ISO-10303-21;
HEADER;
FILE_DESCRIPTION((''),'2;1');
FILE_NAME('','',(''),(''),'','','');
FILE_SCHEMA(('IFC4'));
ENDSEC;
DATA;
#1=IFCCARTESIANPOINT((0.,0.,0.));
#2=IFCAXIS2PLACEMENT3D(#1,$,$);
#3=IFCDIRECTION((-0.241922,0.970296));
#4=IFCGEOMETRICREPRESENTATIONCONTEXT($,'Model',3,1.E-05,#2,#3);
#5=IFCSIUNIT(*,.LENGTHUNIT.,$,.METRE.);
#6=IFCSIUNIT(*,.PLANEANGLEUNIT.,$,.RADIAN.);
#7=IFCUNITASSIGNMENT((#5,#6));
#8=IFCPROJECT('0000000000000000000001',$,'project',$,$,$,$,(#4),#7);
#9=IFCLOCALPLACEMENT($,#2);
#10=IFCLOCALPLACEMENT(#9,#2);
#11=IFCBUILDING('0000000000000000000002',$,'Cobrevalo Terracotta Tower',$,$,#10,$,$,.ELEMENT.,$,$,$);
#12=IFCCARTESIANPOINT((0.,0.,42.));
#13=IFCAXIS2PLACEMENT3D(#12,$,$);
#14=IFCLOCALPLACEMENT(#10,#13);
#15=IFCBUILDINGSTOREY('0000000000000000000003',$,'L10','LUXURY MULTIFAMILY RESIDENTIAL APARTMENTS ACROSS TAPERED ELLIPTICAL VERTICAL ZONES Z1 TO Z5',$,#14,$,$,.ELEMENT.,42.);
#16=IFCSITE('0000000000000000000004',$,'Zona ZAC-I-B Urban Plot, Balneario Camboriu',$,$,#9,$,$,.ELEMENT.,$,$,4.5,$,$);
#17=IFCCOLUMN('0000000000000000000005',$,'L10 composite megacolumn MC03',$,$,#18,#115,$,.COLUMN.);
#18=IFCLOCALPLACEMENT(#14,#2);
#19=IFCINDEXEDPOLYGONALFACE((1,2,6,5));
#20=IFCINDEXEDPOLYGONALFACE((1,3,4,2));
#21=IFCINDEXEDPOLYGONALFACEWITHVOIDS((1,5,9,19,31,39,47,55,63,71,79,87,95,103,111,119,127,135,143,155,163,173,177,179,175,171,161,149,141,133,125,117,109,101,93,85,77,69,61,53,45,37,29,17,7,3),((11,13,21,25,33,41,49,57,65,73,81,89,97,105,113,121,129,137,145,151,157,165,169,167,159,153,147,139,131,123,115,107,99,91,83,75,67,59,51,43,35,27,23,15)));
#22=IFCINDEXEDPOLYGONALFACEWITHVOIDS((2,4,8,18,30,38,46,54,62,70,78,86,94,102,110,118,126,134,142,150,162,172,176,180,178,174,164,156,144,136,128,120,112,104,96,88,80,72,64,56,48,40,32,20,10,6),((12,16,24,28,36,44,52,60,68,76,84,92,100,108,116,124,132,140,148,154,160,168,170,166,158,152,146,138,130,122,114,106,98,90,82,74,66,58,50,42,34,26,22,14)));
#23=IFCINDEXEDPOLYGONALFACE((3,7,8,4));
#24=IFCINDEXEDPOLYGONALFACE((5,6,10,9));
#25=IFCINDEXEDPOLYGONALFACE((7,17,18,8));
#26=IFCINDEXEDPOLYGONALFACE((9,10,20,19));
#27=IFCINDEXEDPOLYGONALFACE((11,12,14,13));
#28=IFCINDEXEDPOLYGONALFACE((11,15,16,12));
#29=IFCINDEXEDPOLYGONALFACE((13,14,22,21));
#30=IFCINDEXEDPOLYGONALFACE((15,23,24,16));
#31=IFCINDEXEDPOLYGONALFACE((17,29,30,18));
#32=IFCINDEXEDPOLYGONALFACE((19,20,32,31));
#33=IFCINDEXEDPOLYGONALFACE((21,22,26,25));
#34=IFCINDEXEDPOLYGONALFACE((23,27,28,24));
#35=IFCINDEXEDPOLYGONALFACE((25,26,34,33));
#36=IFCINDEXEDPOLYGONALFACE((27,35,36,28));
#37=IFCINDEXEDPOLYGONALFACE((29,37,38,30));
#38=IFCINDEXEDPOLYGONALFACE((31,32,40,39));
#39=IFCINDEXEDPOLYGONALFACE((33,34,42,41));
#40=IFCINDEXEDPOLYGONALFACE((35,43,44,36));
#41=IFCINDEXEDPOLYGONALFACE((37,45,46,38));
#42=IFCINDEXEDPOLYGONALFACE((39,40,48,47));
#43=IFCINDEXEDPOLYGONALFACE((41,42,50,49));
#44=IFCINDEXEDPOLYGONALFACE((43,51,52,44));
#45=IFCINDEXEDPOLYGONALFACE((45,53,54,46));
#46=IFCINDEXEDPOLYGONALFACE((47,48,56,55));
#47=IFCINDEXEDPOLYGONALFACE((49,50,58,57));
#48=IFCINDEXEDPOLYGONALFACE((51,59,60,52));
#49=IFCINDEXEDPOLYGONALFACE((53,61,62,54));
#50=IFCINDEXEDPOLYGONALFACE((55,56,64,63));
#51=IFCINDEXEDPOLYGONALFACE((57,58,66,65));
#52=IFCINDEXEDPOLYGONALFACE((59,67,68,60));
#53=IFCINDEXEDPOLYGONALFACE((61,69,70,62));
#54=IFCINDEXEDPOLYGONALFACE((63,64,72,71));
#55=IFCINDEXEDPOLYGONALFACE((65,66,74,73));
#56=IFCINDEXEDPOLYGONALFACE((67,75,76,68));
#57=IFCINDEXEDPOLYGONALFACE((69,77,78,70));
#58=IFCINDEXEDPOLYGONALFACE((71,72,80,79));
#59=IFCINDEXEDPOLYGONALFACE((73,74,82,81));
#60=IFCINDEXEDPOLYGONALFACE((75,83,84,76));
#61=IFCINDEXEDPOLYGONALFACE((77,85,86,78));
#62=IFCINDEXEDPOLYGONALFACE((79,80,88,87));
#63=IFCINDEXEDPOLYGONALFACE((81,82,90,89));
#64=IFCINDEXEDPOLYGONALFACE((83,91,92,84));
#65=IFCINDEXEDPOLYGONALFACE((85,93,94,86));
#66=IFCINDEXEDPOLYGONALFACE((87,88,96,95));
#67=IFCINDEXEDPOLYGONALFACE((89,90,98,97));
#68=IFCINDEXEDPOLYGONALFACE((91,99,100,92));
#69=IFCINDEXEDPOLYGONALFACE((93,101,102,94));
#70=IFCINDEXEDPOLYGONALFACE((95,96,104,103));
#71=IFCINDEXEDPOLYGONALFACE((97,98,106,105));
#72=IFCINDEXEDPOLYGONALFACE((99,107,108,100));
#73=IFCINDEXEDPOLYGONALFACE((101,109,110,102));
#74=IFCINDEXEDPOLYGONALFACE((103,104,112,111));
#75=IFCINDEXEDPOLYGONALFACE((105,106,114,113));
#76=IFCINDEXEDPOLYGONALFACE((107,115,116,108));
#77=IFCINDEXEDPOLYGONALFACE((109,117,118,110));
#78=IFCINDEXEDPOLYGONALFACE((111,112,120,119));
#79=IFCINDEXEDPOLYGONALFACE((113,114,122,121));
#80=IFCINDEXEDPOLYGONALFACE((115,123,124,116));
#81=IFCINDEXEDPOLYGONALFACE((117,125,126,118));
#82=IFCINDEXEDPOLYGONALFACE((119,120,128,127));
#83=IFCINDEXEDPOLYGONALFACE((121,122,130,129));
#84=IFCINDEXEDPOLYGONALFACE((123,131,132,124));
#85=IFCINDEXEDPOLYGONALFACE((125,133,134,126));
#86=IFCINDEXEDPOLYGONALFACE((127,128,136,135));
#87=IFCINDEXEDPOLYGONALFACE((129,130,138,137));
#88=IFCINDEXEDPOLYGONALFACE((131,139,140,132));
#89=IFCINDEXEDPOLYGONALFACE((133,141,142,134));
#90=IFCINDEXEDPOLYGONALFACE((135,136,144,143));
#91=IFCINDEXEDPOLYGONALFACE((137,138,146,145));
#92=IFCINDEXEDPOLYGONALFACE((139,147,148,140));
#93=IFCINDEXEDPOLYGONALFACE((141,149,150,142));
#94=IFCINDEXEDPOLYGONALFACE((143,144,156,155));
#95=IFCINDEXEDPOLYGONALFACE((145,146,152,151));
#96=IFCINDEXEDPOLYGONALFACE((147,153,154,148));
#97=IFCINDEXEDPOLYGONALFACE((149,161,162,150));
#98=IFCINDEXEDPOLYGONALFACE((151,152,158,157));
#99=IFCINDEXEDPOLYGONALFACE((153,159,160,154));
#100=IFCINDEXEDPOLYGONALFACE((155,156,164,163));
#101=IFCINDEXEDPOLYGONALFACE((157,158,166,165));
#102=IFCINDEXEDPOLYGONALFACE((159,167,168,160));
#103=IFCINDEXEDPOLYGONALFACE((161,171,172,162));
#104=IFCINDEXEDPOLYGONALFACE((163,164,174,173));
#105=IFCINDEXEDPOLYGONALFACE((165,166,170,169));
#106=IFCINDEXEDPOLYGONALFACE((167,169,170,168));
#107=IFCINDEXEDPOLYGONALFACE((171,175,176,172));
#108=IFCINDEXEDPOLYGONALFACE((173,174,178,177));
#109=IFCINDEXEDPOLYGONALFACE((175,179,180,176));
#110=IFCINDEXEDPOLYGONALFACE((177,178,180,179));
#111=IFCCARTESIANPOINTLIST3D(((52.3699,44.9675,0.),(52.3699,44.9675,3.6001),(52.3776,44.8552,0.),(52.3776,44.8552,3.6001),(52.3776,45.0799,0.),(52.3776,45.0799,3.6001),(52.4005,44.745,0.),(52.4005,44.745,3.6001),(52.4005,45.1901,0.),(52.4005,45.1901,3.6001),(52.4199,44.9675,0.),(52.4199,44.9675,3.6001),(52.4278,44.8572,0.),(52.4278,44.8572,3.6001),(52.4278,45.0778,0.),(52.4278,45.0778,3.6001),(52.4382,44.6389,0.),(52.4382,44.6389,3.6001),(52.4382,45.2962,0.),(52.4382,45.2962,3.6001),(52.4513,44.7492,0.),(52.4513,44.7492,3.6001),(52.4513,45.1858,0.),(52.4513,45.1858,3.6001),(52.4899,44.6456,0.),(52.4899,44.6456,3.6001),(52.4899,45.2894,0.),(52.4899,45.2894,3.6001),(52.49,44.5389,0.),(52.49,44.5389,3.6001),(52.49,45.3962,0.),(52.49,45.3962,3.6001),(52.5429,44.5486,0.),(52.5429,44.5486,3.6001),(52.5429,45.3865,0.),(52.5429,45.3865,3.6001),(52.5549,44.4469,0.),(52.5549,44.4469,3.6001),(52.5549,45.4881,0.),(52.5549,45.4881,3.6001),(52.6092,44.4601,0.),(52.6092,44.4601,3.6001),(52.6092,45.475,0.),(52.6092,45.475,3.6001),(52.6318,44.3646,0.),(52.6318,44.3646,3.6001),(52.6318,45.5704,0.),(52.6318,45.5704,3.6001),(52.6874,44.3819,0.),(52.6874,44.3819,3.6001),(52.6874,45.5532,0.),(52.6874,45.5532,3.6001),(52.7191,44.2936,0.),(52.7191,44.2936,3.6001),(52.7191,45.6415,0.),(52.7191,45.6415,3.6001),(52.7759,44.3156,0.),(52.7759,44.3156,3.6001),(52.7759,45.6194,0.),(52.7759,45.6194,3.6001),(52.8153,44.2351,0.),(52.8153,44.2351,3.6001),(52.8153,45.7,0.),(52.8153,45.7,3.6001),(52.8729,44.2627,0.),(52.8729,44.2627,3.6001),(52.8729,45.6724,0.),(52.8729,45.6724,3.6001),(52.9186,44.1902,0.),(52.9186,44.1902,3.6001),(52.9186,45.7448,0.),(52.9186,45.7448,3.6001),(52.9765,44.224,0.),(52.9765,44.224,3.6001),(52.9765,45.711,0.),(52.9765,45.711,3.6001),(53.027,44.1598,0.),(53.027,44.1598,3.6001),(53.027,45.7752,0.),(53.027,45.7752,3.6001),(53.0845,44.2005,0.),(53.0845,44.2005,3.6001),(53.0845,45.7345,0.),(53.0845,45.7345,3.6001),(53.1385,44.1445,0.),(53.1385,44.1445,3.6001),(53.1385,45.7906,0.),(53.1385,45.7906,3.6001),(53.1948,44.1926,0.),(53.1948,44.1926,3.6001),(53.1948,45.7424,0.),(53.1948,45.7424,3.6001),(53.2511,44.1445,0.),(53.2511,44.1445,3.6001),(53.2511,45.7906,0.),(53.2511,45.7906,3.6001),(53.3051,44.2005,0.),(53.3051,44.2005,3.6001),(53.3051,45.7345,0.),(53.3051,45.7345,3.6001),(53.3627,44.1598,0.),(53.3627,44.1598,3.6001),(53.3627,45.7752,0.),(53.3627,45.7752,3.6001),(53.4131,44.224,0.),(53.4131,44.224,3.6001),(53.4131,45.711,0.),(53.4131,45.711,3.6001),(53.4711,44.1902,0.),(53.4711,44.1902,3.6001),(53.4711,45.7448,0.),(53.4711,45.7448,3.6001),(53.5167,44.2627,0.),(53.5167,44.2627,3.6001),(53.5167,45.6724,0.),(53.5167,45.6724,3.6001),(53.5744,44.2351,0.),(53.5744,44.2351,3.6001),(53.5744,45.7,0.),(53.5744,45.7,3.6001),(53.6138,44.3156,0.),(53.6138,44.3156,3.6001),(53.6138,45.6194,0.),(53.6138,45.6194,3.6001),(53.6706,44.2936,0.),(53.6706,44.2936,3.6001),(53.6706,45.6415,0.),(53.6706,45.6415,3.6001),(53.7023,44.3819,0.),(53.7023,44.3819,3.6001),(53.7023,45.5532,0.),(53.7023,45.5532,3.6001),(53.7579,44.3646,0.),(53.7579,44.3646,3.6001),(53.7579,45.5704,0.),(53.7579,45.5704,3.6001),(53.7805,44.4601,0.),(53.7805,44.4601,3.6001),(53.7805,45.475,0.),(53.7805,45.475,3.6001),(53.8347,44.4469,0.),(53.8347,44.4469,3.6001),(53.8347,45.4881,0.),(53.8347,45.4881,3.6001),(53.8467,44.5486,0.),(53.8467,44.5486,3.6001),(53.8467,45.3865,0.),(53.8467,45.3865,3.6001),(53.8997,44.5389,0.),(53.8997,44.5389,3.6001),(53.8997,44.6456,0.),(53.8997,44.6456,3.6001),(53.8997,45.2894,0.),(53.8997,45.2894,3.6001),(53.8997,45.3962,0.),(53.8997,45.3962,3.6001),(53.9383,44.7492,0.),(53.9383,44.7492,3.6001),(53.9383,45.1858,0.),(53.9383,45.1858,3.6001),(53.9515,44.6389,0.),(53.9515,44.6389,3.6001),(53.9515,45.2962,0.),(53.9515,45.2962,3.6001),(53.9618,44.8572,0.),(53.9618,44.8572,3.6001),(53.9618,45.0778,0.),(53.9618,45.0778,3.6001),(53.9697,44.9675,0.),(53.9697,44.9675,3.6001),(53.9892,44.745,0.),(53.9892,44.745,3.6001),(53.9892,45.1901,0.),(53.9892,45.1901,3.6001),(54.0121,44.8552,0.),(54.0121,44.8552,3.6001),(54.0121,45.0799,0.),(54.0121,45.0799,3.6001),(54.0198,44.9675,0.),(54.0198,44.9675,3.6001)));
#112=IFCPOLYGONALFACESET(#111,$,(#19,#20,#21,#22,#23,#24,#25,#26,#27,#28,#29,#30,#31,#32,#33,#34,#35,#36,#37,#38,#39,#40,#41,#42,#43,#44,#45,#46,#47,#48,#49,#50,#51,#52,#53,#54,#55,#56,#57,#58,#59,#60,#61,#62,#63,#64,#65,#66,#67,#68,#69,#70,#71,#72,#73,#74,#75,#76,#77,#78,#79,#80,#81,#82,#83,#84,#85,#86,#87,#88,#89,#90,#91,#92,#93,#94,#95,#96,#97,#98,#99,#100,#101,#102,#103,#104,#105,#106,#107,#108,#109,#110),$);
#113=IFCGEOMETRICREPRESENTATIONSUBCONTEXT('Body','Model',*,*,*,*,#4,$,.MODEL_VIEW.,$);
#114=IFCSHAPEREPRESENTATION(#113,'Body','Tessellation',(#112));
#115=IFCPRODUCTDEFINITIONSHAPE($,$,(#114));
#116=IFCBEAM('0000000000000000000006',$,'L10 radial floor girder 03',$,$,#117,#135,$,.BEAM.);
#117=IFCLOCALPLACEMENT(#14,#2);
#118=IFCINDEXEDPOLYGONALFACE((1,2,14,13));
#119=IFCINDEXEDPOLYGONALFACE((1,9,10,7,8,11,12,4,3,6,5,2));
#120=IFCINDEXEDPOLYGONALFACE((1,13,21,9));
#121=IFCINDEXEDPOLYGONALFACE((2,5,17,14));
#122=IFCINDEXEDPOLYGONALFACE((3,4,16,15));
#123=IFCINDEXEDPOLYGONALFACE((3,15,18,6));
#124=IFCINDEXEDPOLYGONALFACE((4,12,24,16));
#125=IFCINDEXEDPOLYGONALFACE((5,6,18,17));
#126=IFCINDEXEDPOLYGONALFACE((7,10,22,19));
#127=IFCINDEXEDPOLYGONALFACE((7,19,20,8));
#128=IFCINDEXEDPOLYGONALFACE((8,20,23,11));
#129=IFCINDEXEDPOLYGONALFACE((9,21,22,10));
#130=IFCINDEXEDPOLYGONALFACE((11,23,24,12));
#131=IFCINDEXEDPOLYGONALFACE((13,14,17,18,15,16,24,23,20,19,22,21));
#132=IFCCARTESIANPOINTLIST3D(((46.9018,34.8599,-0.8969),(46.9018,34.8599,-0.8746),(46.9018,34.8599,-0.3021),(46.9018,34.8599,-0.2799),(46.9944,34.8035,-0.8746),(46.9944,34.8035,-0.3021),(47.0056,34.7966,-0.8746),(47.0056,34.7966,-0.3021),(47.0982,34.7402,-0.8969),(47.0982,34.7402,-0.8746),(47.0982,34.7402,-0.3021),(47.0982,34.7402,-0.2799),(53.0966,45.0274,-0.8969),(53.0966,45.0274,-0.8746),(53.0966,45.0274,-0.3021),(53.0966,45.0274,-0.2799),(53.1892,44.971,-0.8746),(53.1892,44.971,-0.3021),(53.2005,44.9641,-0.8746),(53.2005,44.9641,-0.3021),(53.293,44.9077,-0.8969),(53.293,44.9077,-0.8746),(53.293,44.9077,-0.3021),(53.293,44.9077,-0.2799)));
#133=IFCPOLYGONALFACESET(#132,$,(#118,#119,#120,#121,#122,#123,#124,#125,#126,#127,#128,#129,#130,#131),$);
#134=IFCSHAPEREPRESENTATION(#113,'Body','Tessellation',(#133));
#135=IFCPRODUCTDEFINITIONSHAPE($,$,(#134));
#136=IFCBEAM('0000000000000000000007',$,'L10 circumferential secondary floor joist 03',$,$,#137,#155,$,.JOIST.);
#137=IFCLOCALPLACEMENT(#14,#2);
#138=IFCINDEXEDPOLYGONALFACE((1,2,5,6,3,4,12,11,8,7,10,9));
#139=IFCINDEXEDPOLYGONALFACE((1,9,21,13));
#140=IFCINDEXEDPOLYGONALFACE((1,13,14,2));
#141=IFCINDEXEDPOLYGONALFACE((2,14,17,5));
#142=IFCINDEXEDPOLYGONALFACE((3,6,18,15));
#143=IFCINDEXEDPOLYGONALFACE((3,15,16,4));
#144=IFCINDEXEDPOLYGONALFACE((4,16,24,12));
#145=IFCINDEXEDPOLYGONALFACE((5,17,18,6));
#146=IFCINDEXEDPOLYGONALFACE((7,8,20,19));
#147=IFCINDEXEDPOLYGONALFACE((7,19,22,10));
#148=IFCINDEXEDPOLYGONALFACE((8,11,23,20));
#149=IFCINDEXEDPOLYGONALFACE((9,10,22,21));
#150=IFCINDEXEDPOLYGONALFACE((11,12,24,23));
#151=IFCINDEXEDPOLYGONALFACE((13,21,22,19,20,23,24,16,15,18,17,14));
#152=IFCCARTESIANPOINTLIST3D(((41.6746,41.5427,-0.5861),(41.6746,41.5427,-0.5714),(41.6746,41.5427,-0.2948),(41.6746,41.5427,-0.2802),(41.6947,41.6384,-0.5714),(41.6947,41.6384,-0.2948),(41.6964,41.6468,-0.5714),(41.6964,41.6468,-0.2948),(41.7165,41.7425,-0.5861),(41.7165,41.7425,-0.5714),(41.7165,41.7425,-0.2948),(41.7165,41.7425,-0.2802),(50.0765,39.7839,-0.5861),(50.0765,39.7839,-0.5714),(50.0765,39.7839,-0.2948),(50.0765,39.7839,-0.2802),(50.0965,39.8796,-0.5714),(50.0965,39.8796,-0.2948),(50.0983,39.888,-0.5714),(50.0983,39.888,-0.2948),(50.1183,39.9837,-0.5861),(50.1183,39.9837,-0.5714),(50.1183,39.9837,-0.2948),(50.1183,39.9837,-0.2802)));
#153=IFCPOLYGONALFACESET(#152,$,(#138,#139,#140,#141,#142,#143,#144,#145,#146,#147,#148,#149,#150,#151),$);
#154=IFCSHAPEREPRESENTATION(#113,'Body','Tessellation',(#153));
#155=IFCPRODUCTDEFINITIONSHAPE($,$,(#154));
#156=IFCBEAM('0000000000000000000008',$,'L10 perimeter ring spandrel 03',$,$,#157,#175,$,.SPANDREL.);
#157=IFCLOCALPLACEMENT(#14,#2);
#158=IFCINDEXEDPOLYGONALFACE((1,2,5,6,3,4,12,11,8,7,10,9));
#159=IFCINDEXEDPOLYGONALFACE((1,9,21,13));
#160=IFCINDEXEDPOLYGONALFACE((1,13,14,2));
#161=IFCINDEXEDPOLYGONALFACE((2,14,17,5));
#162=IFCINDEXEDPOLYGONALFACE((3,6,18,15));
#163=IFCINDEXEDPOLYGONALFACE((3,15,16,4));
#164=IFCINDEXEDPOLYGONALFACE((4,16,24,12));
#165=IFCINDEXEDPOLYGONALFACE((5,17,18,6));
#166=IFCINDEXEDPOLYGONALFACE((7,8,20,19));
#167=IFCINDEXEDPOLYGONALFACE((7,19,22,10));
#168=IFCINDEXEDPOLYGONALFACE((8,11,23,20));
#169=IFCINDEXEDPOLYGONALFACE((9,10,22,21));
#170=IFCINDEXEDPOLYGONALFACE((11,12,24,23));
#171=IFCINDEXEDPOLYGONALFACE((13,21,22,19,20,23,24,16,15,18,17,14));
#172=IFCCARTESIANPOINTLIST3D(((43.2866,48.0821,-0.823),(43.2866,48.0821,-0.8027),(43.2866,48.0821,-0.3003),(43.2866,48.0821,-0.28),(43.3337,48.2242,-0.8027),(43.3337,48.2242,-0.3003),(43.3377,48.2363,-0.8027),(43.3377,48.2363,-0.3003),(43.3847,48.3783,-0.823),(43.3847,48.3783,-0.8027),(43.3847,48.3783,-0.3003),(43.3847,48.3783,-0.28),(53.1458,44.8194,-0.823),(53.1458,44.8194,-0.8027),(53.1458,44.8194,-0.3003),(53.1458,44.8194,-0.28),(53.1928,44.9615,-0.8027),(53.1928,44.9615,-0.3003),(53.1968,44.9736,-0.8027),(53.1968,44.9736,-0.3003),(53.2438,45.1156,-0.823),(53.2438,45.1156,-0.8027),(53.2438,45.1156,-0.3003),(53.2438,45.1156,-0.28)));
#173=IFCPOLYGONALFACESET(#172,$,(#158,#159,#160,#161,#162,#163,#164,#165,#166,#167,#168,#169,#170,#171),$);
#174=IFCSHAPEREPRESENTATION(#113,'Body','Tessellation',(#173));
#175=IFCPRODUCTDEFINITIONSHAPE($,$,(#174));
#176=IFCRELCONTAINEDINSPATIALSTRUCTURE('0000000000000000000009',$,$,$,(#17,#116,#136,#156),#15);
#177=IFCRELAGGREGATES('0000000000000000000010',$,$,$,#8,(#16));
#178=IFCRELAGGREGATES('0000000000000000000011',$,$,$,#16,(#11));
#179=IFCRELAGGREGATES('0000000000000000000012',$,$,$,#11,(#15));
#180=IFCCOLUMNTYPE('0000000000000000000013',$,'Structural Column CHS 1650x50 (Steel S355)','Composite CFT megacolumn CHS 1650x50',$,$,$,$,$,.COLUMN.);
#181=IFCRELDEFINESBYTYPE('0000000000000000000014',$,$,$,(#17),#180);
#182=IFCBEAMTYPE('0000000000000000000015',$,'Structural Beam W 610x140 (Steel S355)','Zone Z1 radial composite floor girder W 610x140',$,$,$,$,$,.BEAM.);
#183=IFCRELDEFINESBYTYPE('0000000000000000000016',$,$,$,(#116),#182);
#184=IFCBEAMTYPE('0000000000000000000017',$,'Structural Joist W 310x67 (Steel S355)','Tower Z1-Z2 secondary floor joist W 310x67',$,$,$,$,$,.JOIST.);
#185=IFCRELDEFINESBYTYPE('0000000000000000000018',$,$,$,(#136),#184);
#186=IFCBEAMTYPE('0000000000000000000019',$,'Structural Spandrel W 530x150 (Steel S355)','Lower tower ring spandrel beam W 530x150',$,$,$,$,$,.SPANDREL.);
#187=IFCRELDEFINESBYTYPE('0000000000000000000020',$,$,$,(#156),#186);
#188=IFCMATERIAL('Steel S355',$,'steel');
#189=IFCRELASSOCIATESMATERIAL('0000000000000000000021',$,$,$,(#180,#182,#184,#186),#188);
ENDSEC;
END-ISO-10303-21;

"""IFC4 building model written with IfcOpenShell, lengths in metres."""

from ifc_helpers import new_model, si_unit, direction, frame, origin, origin_2d, place, context, subcontext, project, spatial, hollow_circle, i_section, extrude, material, material_profile, profile_set, type_object, element, save


model = new_model("IFC4")

# Units and contexts
model_context = context("Model", 3, precision=1e-05, world=origin(), true_north=direction((-0.241922, 0.970296)))
body_context = subcontext(model_context, "Body", "Model", "MODEL_VIEW")
ifc_project = project(units=[si_unit("LENGTHUNIT", "METRE"), si_unit("PLANEANGLEUNIT", "RADIAN")], contexts=[model_context])

# Site, building, storey
site_placement = place(None, origin())
site = spatial("IfcSite", under=ifc_project, at=site_placement, Name="Zona ZAC-I-B Urban Plot, Balneario Camboriu", CompositionType="ELEMENT", RefElevation=4.5)
building_placement = place(site_placement, origin())
building = spatial("IfcBuilding", under=site, at=building_placement, Name="Cobrevalo Terracotta Tower", CompositionType="ELEMENT")
storey_placement = place(building_placement, frame((0.0, 0.0, 42.0)))
storey = spatial("IfcBuildingStorey", under=building, at=storey_placement, Name="L10", Description="LUXURY MULTIFAMILY RESIDENTIAL APARTMENTS ACROSS TAPERED ELLIPTICAL VERTICAL ZONES Z1 TO Z5", CompositionType="ELEMENT", Elevation=42.0)

# Column
ifc_material_1 = material(Name="Steel S355", Category="steel")
ifc_material_profile_1 = material_profile(ifc_material_1, hollow_circle(Radius=0.825, WallThickness=0.05, at=origin_2d()), Name="CHS 1650x50")
ifc_profile_set_1 = profile_set([ifc_material_profile_1], Name="Steel S355")
column_type = type_object("IfcColumnType", Name="Structural Column CHS 1650x50 (Steel S355)", Description="Composite CFT megacolumn CHS 1650x50", PredefinedType="COLUMN", material=ifc_profile_set_1)
column_placement = place(storey_placement, frame((53.1948, 44.9675, 0.0), z_axis=(0.0, 0.0, 1.0), x_axis=(1.0, 0.0, 0.0)))
element("IfcColumn", 1, at=column_placement, inside=storey, type_object=column_type, Name="L10 composite megacolumn MC03", PredefinedType="COLUMN", context=body_context, shape_type="SweptSolid", body=[
    extrude(hollow_circle(Radius=0.825, WallThickness=0.05, at=origin_2d()), origin(), (0.0, 0.0, 1.0), 3.6001),
])

# Beams
ifc_material_profile_2 = material_profile(ifc_material_1, i_section(OverallWidth=0.23, OverallDepth=0.6169, WebThickness=0.0132, FlangeThickness=0.0222, at=origin_2d()), Name="W 610x140")
ifc_profile_set_2 = profile_set([ifc_material_profile_2], Name="Steel S355")
beam_type_1 = type_object("IfcBeamType", Name="Structural Beam W 610x140 (Steel S355)", Description="Zone Z1 radial composite floor girder W 610x140", PredefinedType="BEAM", material=ifc_profile_set_2)
beam_1_placement = place(storey_placement, frame((53.1948, 44.9675, -0.5884), z_axis=(-0.52031, -0.853978, 0.0), x_axis=(0.853978, -0.52031, 0.0)))
element("IfcBeam", 2, at=beam_1_placement, inside=storey, type_object=beam_type_1, Name="L10 radial floor girder 03", PredefinedType="BEAM", context=body_context, shape_type="SweptSolid", body=[
    extrude(i_section(OverallWidth=0.23, OverallDepth=0.6169, WebThickness=0.0132, FlangeThickness=0.0222, at=origin_2d()), origin(), (0.0, 0.0, 1.0), 11.906),
])
ifc_material_profile_3 = material_profile(ifc_material_1, i_section(OverallWidth=0.2041, OverallDepth=0.3059, WebThickness=0.0085, FlangeThickness=0.0146, at=origin_2d()), Name="W 310x67")
ifc_profile_set_3 = profile_set([ifc_material_profile_3], Name="Steel S355")
beam_type_2 = type_object("IfcBeamType", Name="Structural Joist W 310x67 (Steel S355)", Description="Tower Z1-Z2 secondary floor joist W 310x67", PredefinedType="JOIST", material=ifc_profile_set_3)
beam_2_placement = place(storey_placement, frame((50.0974, 39.8838, -0.4331), z_axis=(-0.978785, 0.204892, 0.0), x_axis=(-0.204892, -0.978785, 0.0)))
element("IfcBeam", 3, at=beam_2_placement, inside=storey, type_object=beam_type_2, Name="L10 circumferential secondary floor joist 03", PredefinedType="JOIST", context=body_context, shape_type="SweptSolid", body=[
    extrude(i_section(OverallWidth=0.2041, OverallDepth=0.3059, WebThickness=0.0085, FlangeThickness=0.0146, at=origin_2d()), origin(), (0.0, 0.0, 1.0), 8.584),
])
ifc_material_profile_4 = material_profile(ifc_material_1, i_section(OverallWidth=0.312, OverallDepth=0.543, WebThickness=0.0127, FlangeThickness=0.0203, at=origin_2d()), Name="W 530x150")
ifc_profile_set_4 = profile_set([ifc_material_profile_4], Name="Steel S355")
beam_type_3 = type_object("IfcBeamType", Name="Structural Spandrel W 530x150 (Steel S355)", Description="Lower tower ring spandrel beam W 530x150", PredefinedType="SPANDREL", material=ifc_profile_set_4)
beam_3_placement = place(storey_placement, frame((53.1948, 44.9675, -0.5515), z_axis=(-0.949365, 0.314175, 0.0), x_axis=(-0.314175, -0.949365, 0.0)))
element("IfcBeam", 4, at=beam_3_placement, inside=storey, type_object=beam_type_3, Name="L10 perimeter ring spandrel 03", PredefinedType="SPANDREL", context=body_context, shape_type="SweptSolid", body=[
    extrude(i_section(OverallWidth=0.312, OverallDepth=0.543, WebThickness=0.0127, FlangeThickness=0.0203, at=origin_2d()), origin(), (0.0, 0.0, 1.0), 10.385),
])

save(model, "model.ifc")
